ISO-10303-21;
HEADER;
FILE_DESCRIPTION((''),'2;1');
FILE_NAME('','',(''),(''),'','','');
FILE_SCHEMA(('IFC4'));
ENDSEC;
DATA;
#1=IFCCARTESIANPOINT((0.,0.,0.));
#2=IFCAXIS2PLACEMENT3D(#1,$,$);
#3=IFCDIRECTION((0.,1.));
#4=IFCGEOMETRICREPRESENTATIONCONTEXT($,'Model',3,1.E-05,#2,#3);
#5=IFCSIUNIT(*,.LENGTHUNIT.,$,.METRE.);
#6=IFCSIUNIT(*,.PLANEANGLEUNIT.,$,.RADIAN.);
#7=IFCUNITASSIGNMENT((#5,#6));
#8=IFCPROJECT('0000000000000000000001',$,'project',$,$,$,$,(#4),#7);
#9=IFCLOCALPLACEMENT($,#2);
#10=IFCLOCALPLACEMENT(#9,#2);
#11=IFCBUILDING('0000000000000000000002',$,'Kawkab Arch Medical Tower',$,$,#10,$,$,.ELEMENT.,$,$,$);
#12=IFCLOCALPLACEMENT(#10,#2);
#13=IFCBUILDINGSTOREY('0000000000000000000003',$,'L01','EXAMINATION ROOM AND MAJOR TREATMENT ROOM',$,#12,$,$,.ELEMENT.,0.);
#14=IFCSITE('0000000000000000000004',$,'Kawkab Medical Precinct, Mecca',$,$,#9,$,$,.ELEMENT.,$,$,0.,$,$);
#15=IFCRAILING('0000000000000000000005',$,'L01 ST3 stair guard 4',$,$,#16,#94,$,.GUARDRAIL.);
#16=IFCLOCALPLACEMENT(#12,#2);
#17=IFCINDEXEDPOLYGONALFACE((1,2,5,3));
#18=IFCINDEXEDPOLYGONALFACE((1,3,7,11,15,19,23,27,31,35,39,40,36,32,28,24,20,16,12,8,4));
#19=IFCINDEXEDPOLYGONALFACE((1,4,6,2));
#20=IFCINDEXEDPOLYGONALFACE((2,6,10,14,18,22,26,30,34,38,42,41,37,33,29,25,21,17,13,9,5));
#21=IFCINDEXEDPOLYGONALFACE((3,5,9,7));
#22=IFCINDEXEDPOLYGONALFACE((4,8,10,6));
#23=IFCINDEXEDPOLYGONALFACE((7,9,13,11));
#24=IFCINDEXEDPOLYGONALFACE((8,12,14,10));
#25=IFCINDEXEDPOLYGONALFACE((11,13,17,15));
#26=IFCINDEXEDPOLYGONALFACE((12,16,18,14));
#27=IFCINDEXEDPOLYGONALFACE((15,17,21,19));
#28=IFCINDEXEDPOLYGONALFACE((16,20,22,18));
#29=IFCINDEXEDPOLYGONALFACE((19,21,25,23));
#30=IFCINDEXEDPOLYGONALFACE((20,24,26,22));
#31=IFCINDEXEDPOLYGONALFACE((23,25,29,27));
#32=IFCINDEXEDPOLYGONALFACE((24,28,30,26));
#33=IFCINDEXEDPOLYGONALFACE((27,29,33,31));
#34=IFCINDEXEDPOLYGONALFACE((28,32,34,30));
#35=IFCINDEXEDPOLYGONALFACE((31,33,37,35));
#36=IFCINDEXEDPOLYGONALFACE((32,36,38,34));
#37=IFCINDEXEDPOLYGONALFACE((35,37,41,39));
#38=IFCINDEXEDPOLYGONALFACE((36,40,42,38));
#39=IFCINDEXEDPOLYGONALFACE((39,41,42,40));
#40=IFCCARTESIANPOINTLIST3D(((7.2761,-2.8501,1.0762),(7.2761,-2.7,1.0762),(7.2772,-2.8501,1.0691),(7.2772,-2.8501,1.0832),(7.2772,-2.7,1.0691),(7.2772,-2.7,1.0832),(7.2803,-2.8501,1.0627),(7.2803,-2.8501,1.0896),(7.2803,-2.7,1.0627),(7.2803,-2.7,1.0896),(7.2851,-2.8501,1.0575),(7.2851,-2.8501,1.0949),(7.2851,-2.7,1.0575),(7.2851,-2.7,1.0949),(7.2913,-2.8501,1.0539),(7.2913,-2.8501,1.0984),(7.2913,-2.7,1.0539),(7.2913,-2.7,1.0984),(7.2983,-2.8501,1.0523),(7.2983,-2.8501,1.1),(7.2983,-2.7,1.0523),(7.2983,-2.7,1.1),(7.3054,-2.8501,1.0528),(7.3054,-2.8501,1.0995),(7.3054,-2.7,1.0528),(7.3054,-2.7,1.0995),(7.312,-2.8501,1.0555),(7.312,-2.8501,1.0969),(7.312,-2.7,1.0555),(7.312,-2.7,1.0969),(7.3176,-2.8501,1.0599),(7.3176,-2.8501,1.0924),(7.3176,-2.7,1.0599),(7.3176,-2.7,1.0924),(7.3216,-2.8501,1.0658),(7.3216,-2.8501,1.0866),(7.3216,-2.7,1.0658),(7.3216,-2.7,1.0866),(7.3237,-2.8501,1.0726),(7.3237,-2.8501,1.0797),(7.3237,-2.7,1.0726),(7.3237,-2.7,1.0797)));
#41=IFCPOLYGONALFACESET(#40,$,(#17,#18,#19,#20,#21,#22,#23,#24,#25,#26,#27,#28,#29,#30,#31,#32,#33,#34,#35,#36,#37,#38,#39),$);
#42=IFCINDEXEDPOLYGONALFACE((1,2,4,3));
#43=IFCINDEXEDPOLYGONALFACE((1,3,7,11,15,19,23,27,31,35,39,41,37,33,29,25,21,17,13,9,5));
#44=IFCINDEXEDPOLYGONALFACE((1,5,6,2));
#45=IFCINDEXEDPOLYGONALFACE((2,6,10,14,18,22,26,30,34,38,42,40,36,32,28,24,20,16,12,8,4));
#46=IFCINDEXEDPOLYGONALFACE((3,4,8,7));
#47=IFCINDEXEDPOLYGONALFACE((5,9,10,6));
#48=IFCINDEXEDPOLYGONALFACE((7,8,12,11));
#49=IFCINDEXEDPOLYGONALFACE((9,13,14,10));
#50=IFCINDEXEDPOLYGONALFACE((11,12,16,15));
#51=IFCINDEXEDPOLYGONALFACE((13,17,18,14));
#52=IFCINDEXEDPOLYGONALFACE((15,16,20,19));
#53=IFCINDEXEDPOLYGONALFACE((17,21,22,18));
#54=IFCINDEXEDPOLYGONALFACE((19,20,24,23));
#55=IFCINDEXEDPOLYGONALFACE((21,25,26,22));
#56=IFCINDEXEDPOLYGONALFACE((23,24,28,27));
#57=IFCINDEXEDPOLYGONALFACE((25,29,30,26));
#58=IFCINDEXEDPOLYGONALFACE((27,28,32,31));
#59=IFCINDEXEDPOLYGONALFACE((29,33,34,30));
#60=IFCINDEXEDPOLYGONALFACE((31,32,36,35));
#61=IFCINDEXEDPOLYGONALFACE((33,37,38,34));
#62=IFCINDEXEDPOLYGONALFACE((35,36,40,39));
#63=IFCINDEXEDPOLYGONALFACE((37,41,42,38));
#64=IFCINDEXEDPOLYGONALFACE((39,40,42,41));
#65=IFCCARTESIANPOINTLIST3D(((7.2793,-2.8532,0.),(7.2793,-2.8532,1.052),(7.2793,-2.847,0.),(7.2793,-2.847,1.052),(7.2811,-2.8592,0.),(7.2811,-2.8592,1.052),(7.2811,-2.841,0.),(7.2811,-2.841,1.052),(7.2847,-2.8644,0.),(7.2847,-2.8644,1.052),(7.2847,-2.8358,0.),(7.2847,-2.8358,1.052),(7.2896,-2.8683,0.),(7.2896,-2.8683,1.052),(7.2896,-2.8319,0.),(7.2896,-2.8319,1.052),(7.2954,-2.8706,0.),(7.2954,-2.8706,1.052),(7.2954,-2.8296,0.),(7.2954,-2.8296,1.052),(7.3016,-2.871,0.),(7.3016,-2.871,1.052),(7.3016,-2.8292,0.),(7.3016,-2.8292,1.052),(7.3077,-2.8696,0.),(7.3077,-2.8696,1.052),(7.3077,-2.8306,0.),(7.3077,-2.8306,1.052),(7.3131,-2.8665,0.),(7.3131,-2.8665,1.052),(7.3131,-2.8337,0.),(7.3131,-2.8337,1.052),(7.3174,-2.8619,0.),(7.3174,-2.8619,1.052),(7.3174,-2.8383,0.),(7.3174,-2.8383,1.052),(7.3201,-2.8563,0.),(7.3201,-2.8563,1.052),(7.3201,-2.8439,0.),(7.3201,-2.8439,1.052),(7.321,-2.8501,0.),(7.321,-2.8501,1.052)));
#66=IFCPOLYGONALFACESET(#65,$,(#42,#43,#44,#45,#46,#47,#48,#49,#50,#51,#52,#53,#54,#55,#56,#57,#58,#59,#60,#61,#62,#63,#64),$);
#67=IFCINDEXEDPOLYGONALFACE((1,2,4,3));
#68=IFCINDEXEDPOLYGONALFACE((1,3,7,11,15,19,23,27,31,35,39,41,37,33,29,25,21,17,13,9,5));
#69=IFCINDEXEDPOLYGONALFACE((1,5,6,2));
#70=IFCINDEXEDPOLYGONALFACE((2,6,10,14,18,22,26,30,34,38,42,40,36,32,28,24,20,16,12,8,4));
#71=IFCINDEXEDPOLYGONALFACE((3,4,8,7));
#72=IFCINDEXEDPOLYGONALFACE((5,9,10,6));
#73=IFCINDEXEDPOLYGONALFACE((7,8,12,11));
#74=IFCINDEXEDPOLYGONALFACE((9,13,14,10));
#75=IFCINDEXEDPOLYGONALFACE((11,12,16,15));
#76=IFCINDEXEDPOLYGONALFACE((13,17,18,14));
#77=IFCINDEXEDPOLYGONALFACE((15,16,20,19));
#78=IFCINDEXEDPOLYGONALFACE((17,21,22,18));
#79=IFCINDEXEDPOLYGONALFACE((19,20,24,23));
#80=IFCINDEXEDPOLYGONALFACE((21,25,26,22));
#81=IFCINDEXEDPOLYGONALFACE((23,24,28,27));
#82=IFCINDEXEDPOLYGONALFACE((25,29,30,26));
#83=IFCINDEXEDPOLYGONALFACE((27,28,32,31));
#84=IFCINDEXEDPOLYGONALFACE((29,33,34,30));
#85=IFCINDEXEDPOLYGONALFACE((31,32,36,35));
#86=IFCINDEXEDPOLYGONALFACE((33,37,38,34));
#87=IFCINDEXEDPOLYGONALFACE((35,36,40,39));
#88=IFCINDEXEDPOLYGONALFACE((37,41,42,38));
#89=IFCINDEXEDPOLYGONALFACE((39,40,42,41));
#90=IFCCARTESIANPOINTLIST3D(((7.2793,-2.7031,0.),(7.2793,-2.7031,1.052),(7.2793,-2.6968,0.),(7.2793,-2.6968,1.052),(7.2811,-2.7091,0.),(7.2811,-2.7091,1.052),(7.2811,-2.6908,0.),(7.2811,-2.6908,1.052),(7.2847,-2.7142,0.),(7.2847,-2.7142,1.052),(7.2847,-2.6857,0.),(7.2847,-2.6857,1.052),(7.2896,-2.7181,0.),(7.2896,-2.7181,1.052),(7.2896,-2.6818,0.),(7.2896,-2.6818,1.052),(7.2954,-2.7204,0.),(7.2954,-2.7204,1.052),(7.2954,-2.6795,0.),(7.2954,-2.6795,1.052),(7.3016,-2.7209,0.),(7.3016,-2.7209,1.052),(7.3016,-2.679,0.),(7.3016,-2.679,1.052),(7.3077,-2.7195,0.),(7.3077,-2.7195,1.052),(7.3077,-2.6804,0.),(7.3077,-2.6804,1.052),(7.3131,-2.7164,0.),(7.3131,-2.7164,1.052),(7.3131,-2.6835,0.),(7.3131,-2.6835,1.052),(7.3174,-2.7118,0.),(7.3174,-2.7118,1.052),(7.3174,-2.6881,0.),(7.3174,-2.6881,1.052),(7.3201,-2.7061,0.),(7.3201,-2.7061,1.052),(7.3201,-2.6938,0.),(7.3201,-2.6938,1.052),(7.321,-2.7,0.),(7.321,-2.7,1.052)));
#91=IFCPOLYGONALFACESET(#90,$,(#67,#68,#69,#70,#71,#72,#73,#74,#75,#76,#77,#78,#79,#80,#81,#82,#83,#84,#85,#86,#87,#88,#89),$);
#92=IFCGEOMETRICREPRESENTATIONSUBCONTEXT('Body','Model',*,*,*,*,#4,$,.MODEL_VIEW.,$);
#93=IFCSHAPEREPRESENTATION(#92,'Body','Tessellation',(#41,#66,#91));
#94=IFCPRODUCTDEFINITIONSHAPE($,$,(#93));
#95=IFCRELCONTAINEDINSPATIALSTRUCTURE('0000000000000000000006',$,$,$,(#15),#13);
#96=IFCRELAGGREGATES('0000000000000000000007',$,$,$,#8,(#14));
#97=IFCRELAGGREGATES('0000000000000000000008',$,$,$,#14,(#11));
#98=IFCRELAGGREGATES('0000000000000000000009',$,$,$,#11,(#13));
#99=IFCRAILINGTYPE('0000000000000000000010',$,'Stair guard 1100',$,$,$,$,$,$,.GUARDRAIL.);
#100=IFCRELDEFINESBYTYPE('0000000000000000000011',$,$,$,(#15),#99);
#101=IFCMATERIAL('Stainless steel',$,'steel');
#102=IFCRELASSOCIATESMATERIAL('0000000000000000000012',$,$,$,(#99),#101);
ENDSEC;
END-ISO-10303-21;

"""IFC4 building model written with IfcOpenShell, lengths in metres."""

from ifc_helpers import new_model, si_unit, direction, frame, origin, origin_2d, place, context, subcontext, project, spatial, circle, extrude, material, type_object, element, save


model = new_model("IFC4")

# Units and contexts
model_context = context("Model", 3, precision=1e-05, world=origin(), true_north=direction((0.0, 1.0)))
body_context = subcontext(model_context, "Body", "Model", "MODEL_VIEW")
ifc_project = project(units=[si_unit("LENGTHUNIT", "METRE"), si_unit("PLANEANGLEUNIT", "RADIAN")], contexts=[model_context])

# Site, building, storey
site_placement = place(None, origin())
site = spatial("IfcSite", under=ifc_project, at=site_placement, Name="Kawkab Medical Precinct, Mecca", CompositionType="ELEMENT", RefElevation=0.0)
building_placement = place(site_placement, origin())
building = spatial("IfcBuilding", under=site, at=building_placement, Name="Kawkab Arch Medical Tower", CompositionType="ELEMENT")
storey_placement = place(building_placement, origin())
storey = spatial("IfcBuildingStorey", under=building, at=storey_placement, Name="L01", Description="EXAMINATION ROOM AND MAJOR TREATMENT ROOM", CompositionType="ELEMENT", Elevation=0.0)

# Railing
ifc_material_1 = material(Name="Stainless steel", Category="steel")
railing_type = type_object("IfcRailingType", Name="Stair guard 1100", PredefinedType="GUARDRAIL", material=ifc_material_1)
railing_1_placement = place(storey_placement, frame((7.3, -2.8501, 0.0)))
element("IfcRailing", 1, at=railing_1_placement, inside=storey, type_object=railing_type, Name="L01 ST3 stair guard 4", PredefinedType="GUARDRAIL", context=body_context, shape_type="SweptSolid", body=[
    extrude(circle(Radius=0.0239, at=origin_2d()), frame((0.0, 0.0, 1.0762), z_axis=(0.0, 1.0, 0.0), x_axis=(-1.0, 0.0, 0.0)), (0.0, 0.0, 1.0), 0.1501),
    extrude(circle(Radius=0.021, at=origin_2d()), origin(), (0.0, 0.0, 1.0), 1.052),
    extrude(circle(Radius=0.021, at=origin_2d()), frame((0.0, 0.1501, 0.0)), (0.0, 0.0, 1.0), 1.052),
])

save(model, "model.ifc")
